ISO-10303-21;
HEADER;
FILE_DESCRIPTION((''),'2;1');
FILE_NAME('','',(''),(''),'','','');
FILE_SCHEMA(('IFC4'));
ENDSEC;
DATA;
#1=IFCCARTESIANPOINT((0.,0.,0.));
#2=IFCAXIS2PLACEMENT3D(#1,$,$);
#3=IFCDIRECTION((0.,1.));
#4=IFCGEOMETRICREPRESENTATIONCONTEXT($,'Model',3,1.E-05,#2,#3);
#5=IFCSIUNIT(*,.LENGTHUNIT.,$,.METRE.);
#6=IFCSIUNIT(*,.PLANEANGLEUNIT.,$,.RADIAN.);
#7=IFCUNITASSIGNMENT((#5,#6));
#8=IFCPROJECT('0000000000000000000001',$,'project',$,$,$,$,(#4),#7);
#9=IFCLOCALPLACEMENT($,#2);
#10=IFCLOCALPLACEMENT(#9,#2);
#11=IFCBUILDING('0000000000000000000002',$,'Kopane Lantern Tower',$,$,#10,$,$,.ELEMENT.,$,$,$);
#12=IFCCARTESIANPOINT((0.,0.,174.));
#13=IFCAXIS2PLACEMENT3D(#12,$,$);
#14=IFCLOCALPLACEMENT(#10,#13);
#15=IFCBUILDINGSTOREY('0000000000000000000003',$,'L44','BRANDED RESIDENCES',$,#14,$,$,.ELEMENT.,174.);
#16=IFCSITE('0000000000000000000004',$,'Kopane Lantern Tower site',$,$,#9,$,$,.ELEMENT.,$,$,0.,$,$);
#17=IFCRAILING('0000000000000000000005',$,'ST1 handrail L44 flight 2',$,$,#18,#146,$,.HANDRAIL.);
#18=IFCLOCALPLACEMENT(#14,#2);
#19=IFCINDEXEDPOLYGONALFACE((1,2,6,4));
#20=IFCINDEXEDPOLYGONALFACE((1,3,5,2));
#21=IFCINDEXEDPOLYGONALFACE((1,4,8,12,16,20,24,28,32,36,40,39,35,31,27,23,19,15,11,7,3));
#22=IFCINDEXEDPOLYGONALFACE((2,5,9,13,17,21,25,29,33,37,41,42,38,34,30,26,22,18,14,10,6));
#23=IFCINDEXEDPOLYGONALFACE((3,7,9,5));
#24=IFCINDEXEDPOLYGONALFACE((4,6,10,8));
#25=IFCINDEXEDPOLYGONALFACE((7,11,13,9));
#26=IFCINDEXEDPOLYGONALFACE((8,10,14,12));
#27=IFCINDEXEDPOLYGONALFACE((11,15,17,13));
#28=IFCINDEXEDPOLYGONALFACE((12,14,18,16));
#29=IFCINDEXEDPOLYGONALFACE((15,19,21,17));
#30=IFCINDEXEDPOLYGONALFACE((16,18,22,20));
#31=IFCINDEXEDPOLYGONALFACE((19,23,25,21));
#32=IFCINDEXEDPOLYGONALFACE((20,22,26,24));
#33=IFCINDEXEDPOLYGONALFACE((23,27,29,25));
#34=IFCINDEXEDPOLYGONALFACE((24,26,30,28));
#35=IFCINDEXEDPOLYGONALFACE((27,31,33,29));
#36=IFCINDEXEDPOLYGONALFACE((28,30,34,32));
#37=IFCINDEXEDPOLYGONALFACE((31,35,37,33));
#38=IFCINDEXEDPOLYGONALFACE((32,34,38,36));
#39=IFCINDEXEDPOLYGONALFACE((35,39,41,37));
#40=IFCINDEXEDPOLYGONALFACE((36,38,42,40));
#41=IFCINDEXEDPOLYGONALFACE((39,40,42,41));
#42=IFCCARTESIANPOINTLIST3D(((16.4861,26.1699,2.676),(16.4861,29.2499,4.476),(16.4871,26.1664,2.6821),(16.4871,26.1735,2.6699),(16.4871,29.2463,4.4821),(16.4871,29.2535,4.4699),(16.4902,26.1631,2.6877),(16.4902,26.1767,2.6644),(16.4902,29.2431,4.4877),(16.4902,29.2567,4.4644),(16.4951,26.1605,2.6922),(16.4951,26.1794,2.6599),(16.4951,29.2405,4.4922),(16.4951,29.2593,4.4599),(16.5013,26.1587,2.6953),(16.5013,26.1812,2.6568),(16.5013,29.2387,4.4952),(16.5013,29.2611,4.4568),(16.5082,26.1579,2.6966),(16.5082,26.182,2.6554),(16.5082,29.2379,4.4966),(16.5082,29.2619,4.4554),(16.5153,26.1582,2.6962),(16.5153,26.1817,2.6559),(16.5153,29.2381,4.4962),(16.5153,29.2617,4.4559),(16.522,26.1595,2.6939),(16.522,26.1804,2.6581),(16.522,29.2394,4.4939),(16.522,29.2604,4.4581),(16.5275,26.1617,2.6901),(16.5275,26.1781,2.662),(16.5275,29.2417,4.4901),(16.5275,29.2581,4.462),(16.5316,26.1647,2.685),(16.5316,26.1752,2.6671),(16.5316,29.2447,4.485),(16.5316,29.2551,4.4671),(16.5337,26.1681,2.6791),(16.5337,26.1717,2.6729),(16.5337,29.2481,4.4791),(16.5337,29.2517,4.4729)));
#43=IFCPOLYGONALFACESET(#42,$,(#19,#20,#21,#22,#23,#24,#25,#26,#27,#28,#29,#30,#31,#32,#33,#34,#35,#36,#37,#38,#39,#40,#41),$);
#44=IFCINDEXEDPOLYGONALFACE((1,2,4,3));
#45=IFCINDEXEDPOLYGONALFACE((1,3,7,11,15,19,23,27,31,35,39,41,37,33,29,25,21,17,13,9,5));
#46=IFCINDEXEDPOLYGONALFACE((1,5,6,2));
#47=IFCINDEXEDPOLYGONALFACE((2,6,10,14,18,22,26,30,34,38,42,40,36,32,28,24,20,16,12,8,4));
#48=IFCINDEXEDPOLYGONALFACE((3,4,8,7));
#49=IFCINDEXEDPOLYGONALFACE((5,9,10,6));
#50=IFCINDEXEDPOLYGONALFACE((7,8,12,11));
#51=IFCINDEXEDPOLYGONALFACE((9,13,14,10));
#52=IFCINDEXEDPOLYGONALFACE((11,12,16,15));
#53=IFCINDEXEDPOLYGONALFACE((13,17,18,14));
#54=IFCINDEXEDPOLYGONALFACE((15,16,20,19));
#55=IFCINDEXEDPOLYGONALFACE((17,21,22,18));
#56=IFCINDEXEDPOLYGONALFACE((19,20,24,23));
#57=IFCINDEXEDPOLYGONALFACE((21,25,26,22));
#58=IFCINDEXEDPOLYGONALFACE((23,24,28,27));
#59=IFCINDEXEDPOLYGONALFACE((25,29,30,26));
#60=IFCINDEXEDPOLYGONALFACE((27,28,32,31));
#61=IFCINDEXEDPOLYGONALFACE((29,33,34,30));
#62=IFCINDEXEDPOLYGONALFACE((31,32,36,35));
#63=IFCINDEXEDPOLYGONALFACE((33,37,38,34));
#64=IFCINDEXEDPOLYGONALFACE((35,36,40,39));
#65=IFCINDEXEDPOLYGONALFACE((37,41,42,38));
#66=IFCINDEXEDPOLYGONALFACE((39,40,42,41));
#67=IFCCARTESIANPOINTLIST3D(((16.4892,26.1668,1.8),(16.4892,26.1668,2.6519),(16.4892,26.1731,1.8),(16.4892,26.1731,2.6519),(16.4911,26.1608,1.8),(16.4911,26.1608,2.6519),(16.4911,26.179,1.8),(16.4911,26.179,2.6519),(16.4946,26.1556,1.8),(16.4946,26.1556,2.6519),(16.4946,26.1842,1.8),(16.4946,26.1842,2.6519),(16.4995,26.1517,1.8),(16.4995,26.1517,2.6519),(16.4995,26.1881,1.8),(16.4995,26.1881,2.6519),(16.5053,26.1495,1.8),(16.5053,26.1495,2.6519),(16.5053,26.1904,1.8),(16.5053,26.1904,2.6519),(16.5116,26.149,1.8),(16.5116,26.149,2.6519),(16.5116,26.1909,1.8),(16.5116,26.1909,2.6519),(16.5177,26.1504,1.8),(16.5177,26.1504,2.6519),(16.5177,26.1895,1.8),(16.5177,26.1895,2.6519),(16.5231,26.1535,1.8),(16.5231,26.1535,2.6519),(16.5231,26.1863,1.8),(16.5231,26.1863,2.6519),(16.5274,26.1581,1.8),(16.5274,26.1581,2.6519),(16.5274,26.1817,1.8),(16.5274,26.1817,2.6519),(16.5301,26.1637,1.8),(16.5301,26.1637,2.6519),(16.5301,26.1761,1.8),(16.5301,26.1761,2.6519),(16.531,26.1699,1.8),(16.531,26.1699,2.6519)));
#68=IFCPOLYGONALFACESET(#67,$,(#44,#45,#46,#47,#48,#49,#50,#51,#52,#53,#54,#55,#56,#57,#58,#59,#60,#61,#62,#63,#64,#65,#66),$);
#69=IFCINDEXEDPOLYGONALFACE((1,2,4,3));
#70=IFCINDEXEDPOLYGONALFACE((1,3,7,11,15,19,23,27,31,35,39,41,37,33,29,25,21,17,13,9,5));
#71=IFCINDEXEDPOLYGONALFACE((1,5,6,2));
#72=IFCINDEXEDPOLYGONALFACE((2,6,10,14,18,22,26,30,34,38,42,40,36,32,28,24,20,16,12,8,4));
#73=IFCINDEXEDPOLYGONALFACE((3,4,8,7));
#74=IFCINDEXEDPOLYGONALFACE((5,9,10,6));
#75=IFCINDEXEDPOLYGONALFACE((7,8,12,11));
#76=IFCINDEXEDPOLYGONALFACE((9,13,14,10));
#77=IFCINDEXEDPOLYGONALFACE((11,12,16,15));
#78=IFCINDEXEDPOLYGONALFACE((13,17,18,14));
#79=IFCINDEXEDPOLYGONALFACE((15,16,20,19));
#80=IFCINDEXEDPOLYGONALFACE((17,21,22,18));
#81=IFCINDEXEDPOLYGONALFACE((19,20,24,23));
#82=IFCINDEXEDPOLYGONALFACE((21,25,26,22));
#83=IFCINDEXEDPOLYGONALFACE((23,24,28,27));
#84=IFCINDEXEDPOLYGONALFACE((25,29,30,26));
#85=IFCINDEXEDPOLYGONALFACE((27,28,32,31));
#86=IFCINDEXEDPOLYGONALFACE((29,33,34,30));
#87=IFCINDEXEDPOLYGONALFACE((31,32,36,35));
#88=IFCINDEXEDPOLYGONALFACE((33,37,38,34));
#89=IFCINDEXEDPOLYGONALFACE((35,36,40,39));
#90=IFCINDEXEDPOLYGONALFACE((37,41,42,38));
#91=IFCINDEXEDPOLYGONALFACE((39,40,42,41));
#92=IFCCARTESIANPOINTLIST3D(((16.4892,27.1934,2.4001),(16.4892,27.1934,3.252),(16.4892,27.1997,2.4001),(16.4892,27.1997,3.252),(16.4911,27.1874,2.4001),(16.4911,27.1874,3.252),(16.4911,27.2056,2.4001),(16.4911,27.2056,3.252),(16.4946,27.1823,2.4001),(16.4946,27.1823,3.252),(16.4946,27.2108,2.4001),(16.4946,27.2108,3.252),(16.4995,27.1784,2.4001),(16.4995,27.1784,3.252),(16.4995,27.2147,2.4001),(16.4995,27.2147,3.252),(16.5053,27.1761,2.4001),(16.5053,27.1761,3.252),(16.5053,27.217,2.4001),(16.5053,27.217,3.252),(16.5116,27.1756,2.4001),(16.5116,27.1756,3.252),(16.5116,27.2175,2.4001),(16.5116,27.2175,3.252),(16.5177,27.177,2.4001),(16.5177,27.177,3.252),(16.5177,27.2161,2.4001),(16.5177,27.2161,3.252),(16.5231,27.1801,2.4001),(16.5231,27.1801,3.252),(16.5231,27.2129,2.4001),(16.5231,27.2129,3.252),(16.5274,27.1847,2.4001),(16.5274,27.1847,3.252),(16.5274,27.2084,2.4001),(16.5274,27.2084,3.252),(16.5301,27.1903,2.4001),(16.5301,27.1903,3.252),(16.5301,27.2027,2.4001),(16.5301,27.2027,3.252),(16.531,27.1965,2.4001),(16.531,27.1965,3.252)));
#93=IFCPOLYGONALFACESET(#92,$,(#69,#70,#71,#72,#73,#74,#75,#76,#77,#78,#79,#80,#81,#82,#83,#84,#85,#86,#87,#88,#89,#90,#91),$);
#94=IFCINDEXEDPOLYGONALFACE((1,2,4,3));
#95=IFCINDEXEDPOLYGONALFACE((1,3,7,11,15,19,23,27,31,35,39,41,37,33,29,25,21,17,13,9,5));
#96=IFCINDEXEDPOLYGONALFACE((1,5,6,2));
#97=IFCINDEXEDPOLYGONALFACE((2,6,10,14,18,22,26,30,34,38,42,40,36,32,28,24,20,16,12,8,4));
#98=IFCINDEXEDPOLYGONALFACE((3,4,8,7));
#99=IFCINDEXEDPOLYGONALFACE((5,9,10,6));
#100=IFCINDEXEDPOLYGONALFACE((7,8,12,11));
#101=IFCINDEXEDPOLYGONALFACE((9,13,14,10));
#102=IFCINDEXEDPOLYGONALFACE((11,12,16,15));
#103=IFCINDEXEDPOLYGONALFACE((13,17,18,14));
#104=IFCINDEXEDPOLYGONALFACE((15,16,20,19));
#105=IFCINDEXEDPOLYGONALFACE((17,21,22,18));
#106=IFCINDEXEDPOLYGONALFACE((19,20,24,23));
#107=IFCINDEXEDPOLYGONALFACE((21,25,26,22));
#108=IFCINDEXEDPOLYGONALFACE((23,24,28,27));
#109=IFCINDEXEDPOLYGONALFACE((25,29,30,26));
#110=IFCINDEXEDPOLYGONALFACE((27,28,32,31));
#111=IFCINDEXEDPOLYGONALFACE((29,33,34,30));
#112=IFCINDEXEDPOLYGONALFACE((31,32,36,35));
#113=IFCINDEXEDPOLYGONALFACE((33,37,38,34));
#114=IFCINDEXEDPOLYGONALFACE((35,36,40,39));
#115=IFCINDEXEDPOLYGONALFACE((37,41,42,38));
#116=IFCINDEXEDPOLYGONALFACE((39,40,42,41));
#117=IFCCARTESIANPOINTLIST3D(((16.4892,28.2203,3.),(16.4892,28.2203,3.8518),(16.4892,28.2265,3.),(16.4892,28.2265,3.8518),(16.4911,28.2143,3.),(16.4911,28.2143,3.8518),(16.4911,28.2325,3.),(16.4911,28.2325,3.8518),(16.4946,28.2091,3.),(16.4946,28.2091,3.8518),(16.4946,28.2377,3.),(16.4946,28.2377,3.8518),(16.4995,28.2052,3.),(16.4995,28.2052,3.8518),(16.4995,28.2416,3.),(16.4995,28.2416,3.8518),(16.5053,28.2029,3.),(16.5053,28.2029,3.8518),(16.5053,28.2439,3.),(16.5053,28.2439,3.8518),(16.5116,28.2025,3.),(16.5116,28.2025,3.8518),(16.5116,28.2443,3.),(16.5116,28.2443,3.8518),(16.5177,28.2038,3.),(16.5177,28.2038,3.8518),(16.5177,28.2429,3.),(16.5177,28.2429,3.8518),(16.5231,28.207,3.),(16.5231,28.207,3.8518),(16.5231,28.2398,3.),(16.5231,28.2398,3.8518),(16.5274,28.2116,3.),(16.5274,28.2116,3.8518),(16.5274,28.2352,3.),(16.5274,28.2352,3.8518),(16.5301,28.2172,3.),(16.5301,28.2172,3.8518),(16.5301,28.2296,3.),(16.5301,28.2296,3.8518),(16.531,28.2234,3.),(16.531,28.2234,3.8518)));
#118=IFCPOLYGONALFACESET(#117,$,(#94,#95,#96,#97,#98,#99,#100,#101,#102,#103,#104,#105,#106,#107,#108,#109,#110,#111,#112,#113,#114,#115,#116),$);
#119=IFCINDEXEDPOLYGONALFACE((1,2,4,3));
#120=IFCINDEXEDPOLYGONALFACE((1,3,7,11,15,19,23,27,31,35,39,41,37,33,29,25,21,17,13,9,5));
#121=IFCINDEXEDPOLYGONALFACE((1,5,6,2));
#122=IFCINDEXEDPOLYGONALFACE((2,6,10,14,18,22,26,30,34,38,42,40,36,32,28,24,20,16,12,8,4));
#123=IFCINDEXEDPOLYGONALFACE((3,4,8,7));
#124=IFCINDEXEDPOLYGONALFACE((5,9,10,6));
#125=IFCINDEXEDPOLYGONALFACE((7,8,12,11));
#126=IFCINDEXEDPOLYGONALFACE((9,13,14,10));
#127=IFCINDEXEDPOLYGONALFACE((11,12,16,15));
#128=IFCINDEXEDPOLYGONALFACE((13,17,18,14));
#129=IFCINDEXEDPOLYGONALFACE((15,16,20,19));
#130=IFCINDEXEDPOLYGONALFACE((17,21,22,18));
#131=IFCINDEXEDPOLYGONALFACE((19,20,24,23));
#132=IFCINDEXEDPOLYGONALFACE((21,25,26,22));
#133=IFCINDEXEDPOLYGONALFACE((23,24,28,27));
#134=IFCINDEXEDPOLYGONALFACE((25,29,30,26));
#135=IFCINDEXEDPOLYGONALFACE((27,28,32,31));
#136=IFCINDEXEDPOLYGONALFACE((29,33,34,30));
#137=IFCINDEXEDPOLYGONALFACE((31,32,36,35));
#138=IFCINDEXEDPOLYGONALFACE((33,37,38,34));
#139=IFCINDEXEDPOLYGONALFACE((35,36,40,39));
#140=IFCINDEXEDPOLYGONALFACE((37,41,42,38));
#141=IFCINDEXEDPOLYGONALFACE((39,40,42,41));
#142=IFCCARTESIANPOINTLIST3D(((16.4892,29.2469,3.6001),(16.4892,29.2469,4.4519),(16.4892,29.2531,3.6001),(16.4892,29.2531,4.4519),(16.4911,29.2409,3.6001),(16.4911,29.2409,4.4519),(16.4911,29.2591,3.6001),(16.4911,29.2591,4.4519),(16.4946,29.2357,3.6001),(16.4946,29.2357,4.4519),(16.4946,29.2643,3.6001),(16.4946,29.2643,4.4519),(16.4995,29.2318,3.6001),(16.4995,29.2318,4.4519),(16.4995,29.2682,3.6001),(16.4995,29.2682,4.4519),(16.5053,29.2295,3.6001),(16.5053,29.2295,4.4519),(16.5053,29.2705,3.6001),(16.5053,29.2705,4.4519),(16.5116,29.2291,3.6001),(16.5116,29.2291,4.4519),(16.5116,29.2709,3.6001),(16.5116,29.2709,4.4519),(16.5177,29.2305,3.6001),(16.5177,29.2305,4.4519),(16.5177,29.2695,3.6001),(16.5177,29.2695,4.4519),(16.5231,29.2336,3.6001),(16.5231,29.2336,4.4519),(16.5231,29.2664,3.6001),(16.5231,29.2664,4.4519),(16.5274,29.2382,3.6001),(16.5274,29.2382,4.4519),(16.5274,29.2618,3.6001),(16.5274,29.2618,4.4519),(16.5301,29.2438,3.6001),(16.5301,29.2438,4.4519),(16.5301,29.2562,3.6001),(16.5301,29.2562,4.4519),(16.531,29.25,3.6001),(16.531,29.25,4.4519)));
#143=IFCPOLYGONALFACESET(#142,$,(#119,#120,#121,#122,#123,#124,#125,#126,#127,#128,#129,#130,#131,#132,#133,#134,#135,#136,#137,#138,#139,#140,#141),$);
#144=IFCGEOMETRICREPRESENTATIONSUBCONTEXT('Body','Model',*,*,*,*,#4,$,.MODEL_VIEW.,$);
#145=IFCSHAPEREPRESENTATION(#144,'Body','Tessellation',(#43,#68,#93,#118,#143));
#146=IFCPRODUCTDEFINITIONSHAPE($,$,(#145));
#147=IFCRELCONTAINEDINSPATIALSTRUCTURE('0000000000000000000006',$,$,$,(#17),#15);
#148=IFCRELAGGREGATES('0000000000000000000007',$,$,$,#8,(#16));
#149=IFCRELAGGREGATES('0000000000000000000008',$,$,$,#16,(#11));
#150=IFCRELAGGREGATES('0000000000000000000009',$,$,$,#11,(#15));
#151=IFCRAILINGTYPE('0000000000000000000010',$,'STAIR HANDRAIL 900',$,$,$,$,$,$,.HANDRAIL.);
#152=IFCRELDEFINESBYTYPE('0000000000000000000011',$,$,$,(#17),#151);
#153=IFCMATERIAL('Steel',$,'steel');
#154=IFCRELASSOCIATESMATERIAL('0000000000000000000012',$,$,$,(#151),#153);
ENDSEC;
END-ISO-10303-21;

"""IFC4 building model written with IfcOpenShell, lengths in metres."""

from ifc_helpers import new_model, si_unit, direction, frame, origin, origin_2d, place, context, subcontext, project, spatial, circle, extrude, material, type_object, element, save


model = new_model("IFC4")

# Units and contexts
model_context = context("Model", 3, precision=1e-05, world=origin(), true_north=direction((0.0, 1.0)))
body_context = subcontext(model_context, "Body", "Model", "MODEL_VIEW")
ifc_project = project(units=[si_unit("LENGTHUNIT", "METRE"), si_unit("PLANEANGLEUNIT", "RADIAN")], contexts=[model_context])

# Site, building, storey
site_placement = place(None, origin())
site = spatial("IfcSite", under=ifc_project, at=site_placement, Name="Kopane Lantern Tower site", CompositionType="ELEMENT", RefElevation=0.0)
building_placement = place(site_placement, origin())
building = spatial("IfcBuilding", under=site, at=building_placement, Name="Kopane Lantern Tower", CompositionType="ELEMENT")
storey_placement = place(building_placement, frame((0.0, 0.0, 174.0)))
storey = spatial("IfcBuildingStorey", under=building, at=storey_placement, Name="L44", Description="BRANDED RESIDENCES", CompositionType="ELEMENT", Elevation=174.0)

# Railing
ifc_material_1 = material(Name="Steel", Category="steel")
railing_type_1 = type_object("IfcRailingType", Name="STAIR HANDRAIL 900", PredefinedType="HANDRAIL", material=ifc_material_1)
for number, where, name in (
    (1, (16.51, 26.1699, 1.8), "ST1 handrail L44 flight 2"),
):
    element("IfcRailing", number, at=place(storey_placement, frame(where)), inside=storey, type_object=railing_type_1, Name=name, PredefinedType="HANDRAIL", context=body_context, shape_type="SweptSolid", body=[
        extrude(circle(Radius=0.0239, at=origin_2d()), frame((0.0, 0.0, 0.876), z_axis=(0.0, 0.863372, 0.504569), x_axis=(-1.0, 0.0, 0.0)), (0.0, 0.0, 1.0), 3.5674),
        extrude(circle(Radius=0.021, at=origin_2d()), origin(), (0.0, 0.0, 1.0), 0.8518),
        extrude(circle(Radius=0.021, at=origin_2d()), frame((0.0, 1.0266, 0.6001)), (0.0, 0.0, 1.0), 0.8518),
        extrude(circle(Radius=0.021, at=origin_2d()), frame((0.0, 2.0535, 1.2)), (0.0, 0.0, 1.0), 0.8518),
        extrude(circle(Radius=0.021, at=origin_2d()), frame((0.0, 3.0801, 1.8)), (0.0, 0.0, 1.0), 0.8518),
    ])

save(model, "model.ifc")
